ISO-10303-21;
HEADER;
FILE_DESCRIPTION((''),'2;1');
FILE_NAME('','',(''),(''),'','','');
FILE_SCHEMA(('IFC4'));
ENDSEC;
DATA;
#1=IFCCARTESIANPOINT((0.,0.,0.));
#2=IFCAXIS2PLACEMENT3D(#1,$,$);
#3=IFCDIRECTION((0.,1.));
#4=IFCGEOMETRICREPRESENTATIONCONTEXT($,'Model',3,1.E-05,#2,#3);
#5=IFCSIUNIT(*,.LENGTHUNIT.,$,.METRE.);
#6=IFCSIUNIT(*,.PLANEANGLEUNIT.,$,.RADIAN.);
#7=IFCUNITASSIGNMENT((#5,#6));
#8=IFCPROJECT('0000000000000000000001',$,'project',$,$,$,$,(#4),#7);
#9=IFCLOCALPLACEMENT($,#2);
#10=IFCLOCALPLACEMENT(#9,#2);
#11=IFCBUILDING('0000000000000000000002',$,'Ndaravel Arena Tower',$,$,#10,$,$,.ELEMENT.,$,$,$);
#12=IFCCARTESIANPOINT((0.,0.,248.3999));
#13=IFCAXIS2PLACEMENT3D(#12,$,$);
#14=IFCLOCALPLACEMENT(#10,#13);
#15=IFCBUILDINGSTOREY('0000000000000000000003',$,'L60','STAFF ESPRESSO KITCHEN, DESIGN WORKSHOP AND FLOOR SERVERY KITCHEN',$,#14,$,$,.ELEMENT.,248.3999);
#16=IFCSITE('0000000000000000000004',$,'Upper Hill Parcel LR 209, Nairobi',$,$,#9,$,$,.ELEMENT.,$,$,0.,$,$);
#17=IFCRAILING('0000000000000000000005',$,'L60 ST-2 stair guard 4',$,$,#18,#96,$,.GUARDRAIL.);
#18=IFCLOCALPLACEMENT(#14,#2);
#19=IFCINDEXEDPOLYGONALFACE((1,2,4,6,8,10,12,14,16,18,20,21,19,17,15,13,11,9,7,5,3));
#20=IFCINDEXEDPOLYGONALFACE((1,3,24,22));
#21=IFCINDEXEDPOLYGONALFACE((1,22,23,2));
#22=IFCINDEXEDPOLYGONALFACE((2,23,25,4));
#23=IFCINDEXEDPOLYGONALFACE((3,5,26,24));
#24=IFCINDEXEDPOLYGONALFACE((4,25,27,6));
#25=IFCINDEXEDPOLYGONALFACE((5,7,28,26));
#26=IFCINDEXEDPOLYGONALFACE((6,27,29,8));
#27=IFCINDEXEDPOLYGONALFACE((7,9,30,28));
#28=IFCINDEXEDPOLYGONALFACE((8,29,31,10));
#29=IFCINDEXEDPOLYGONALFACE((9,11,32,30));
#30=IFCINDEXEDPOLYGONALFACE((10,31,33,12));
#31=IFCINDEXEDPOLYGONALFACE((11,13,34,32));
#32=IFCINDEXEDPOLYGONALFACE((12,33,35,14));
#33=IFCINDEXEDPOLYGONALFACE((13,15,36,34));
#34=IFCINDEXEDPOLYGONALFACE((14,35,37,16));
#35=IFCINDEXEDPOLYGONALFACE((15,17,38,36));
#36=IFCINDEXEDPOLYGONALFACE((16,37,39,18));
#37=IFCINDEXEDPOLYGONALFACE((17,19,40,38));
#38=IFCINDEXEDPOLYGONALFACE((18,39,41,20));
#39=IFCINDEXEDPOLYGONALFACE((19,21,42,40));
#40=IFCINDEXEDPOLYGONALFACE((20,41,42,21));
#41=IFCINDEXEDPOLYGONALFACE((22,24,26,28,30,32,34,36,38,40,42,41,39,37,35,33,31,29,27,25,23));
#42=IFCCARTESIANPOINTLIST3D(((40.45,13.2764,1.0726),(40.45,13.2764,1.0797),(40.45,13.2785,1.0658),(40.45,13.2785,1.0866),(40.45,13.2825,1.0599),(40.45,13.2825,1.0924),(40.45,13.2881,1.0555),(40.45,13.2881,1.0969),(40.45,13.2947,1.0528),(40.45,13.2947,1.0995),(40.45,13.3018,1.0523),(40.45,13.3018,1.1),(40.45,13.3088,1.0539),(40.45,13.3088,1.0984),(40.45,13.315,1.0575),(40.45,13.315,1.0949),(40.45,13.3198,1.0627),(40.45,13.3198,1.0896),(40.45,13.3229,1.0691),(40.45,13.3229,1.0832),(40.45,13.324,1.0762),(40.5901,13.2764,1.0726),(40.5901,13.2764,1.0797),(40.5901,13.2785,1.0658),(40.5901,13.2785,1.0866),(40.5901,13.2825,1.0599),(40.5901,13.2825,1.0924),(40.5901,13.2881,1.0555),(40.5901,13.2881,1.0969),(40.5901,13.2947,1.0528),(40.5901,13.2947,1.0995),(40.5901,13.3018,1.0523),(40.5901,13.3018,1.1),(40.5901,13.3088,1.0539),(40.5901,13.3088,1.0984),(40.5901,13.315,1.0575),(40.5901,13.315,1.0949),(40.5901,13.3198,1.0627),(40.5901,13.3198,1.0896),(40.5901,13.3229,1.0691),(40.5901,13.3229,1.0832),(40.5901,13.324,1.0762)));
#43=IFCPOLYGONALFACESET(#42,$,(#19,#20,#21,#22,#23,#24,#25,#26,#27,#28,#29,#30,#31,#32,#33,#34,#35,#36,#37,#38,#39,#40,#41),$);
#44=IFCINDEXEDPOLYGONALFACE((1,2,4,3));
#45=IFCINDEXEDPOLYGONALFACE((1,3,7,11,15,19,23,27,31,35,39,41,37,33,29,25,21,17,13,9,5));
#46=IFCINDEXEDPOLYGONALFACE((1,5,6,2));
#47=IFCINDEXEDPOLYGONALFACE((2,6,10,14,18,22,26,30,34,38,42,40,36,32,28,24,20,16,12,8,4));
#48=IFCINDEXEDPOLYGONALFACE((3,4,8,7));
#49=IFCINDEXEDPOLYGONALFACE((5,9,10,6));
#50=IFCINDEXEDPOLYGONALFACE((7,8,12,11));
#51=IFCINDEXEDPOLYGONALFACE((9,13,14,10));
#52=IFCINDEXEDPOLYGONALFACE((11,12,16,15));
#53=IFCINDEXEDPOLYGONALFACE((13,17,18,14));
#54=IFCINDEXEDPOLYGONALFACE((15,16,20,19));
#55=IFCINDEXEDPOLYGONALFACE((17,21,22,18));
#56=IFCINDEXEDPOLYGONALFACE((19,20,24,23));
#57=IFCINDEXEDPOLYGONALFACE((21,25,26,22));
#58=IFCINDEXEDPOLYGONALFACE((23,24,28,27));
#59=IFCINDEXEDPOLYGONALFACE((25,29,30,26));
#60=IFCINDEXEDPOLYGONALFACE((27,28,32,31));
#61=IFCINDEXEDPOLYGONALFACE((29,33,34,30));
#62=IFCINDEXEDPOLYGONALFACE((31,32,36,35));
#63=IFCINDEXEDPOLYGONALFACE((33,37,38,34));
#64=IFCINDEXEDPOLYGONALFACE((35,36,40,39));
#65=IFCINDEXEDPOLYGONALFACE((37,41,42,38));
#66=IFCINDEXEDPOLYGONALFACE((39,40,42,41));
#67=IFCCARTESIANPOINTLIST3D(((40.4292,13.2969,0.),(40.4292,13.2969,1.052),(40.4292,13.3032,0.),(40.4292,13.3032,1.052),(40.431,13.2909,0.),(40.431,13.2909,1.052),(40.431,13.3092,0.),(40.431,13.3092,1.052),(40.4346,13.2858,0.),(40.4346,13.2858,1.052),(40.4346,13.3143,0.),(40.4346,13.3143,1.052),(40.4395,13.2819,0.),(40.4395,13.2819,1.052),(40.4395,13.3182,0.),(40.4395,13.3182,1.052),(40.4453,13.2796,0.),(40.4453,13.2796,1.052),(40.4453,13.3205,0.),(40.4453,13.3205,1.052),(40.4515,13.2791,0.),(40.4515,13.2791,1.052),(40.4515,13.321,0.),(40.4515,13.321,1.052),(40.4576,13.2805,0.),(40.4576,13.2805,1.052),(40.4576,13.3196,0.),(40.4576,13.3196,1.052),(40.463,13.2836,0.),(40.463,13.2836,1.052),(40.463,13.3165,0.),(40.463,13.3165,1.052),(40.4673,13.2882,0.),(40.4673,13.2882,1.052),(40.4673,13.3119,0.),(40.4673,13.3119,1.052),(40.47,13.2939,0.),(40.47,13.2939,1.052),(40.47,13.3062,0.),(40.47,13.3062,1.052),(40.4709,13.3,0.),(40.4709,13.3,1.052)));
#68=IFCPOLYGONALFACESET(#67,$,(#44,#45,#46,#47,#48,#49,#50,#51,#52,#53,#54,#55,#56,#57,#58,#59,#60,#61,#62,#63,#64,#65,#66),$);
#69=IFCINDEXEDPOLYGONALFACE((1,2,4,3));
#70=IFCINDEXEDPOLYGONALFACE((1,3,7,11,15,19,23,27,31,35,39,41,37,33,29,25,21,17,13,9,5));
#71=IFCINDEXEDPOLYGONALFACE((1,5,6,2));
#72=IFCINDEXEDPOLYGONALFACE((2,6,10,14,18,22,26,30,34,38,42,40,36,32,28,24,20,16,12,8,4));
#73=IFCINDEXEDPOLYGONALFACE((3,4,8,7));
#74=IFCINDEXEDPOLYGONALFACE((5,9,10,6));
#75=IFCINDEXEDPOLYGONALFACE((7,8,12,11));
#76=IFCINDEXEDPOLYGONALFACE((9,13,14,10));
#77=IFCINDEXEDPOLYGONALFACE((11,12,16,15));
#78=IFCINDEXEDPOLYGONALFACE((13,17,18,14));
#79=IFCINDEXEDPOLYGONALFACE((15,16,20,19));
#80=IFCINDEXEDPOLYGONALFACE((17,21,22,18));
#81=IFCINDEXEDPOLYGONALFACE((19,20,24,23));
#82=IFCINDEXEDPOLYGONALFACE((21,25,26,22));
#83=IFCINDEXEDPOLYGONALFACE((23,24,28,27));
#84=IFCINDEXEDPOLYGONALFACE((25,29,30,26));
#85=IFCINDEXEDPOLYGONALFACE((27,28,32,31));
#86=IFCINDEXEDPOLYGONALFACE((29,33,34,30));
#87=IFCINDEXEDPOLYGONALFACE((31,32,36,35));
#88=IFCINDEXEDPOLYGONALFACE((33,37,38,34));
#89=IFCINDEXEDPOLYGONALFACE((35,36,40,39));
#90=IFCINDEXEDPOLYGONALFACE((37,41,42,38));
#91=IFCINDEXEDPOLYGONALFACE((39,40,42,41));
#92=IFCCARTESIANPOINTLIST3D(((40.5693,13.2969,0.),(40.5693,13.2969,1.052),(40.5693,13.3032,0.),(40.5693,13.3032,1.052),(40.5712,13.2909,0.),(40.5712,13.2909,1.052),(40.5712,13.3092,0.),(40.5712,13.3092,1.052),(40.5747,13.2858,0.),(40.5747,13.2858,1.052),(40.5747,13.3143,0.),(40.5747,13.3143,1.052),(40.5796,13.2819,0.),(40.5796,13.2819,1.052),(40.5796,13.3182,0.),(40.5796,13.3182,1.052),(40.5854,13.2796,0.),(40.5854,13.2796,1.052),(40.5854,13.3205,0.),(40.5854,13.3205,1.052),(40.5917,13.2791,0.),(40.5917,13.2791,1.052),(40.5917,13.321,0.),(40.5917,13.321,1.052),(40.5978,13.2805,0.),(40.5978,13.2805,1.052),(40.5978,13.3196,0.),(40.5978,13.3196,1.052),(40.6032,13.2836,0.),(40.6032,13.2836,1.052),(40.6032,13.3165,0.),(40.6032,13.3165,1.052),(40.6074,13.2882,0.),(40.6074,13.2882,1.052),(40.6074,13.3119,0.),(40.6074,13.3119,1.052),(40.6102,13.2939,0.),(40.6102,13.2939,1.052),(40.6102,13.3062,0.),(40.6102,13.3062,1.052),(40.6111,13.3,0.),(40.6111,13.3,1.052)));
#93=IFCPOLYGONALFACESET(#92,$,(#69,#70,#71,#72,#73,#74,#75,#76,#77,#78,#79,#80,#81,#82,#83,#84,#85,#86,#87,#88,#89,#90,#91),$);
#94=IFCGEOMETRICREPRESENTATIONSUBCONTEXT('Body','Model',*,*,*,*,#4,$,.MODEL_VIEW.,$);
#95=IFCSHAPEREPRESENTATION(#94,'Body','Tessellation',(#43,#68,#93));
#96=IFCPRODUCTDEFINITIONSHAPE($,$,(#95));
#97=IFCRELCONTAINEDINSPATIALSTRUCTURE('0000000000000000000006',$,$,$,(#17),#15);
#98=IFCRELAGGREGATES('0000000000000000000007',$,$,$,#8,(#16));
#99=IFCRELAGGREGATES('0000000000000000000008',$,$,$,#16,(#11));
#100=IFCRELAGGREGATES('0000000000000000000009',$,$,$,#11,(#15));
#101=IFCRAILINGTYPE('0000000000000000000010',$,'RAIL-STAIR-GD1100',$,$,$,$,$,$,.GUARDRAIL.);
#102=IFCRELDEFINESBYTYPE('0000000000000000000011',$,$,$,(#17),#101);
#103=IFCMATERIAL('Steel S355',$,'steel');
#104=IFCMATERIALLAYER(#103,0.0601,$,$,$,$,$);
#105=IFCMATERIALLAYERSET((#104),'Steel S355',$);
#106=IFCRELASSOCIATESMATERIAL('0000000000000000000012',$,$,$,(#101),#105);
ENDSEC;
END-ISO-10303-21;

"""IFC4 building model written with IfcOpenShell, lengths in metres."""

from ifc_helpers import new_model, si_unit, direction, frame, origin, origin_2d, place, context, subcontext, project, spatial, circle, extrude, material, layer, layer_set, type_object, element, save


model = new_model("IFC4")

# Units and contexts
model_context = context("Model", 3, precision=1e-05, world=origin(), true_north=direction((0.0, 1.0)))
body_context = subcontext(model_context, "Body", "Model", "MODEL_VIEW")
ifc_project = project(units=[si_unit("LENGTHUNIT", "METRE"), si_unit("PLANEANGLEUNIT", "RADIAN")], contexts=[model_context])

# Site, building, storey
site_placement = place(None, origin())
site = spatial("IfcSite", under=ifc_project, at=site_placement, Name="Upper Hill Parcel LR 209, Nairobi", CompositionType="ELEMENT", RefElevation=0.0)
building_placement = place(site_placement, origin())
building = spatial("IfcBuilding", under=site, at=building_placement, Name="Ndaravel Arena Tower", CompositionType="ELEMENT")
storey_placement = place(building_placement, frame((0.0, 0.0, 248.3999)))
storey = spatial("IfcBuildingStorey", under=building, at=storey_placement, Name="L60", Description="STAFF ESPRESSO KITCHEN, DESIGN WORKSHOP AND FLOOR SERVERY KITCHEN", CompositionType="ELEMENT", Elevation=248.3999)

# Railing
ifc_material_1 = material(Name="Steel S355", Category="steel")
ifc_layer_1 = layer(ifc_material_1, 0.0601)
ifc_layer_set_1 = layer_set([ifc_layer_1], Name="Steel S355")
railing_type_1 = type_object("IfcRailingType", Name="RAIL-STAIR-GD1100", PredefinedType="GUARDRAIL", material=ifc_layer_set_1)
railing_1_placement = place(storey_placement, frame((40.45, 13.3, 0.0)))
element("IfcRailing", 1, at=railing_1_placement, inside=storey, type_object=railing_type_1, Name="L60 ST-2 stair guard 4", PredefinedType="GUARDRAIL", context=body_context, shape_type="SweptSolid", body=[
    extrude(circle(Radius=0.0239, at=origin_2d()), frame((0.0, 0.0, 1.0762), z_axis=(1.0, 0.0, 0.0), x_axis=(0.0, 1.0, 0.0)), (0.0, 0.0, 1.0), 0.1401),
    extrude(circle(Radius=0.021, at=origin_2d()), origin(), (0.0, 0.0, 1.0), 1.052),
    extrude(circle(Radius=0.021, at=origin_2d()), frame((0.1401, 0.0, 0.0)), (0.0, 0.0, 1.0), 1.052),
])

save(model, "model.ifc")
